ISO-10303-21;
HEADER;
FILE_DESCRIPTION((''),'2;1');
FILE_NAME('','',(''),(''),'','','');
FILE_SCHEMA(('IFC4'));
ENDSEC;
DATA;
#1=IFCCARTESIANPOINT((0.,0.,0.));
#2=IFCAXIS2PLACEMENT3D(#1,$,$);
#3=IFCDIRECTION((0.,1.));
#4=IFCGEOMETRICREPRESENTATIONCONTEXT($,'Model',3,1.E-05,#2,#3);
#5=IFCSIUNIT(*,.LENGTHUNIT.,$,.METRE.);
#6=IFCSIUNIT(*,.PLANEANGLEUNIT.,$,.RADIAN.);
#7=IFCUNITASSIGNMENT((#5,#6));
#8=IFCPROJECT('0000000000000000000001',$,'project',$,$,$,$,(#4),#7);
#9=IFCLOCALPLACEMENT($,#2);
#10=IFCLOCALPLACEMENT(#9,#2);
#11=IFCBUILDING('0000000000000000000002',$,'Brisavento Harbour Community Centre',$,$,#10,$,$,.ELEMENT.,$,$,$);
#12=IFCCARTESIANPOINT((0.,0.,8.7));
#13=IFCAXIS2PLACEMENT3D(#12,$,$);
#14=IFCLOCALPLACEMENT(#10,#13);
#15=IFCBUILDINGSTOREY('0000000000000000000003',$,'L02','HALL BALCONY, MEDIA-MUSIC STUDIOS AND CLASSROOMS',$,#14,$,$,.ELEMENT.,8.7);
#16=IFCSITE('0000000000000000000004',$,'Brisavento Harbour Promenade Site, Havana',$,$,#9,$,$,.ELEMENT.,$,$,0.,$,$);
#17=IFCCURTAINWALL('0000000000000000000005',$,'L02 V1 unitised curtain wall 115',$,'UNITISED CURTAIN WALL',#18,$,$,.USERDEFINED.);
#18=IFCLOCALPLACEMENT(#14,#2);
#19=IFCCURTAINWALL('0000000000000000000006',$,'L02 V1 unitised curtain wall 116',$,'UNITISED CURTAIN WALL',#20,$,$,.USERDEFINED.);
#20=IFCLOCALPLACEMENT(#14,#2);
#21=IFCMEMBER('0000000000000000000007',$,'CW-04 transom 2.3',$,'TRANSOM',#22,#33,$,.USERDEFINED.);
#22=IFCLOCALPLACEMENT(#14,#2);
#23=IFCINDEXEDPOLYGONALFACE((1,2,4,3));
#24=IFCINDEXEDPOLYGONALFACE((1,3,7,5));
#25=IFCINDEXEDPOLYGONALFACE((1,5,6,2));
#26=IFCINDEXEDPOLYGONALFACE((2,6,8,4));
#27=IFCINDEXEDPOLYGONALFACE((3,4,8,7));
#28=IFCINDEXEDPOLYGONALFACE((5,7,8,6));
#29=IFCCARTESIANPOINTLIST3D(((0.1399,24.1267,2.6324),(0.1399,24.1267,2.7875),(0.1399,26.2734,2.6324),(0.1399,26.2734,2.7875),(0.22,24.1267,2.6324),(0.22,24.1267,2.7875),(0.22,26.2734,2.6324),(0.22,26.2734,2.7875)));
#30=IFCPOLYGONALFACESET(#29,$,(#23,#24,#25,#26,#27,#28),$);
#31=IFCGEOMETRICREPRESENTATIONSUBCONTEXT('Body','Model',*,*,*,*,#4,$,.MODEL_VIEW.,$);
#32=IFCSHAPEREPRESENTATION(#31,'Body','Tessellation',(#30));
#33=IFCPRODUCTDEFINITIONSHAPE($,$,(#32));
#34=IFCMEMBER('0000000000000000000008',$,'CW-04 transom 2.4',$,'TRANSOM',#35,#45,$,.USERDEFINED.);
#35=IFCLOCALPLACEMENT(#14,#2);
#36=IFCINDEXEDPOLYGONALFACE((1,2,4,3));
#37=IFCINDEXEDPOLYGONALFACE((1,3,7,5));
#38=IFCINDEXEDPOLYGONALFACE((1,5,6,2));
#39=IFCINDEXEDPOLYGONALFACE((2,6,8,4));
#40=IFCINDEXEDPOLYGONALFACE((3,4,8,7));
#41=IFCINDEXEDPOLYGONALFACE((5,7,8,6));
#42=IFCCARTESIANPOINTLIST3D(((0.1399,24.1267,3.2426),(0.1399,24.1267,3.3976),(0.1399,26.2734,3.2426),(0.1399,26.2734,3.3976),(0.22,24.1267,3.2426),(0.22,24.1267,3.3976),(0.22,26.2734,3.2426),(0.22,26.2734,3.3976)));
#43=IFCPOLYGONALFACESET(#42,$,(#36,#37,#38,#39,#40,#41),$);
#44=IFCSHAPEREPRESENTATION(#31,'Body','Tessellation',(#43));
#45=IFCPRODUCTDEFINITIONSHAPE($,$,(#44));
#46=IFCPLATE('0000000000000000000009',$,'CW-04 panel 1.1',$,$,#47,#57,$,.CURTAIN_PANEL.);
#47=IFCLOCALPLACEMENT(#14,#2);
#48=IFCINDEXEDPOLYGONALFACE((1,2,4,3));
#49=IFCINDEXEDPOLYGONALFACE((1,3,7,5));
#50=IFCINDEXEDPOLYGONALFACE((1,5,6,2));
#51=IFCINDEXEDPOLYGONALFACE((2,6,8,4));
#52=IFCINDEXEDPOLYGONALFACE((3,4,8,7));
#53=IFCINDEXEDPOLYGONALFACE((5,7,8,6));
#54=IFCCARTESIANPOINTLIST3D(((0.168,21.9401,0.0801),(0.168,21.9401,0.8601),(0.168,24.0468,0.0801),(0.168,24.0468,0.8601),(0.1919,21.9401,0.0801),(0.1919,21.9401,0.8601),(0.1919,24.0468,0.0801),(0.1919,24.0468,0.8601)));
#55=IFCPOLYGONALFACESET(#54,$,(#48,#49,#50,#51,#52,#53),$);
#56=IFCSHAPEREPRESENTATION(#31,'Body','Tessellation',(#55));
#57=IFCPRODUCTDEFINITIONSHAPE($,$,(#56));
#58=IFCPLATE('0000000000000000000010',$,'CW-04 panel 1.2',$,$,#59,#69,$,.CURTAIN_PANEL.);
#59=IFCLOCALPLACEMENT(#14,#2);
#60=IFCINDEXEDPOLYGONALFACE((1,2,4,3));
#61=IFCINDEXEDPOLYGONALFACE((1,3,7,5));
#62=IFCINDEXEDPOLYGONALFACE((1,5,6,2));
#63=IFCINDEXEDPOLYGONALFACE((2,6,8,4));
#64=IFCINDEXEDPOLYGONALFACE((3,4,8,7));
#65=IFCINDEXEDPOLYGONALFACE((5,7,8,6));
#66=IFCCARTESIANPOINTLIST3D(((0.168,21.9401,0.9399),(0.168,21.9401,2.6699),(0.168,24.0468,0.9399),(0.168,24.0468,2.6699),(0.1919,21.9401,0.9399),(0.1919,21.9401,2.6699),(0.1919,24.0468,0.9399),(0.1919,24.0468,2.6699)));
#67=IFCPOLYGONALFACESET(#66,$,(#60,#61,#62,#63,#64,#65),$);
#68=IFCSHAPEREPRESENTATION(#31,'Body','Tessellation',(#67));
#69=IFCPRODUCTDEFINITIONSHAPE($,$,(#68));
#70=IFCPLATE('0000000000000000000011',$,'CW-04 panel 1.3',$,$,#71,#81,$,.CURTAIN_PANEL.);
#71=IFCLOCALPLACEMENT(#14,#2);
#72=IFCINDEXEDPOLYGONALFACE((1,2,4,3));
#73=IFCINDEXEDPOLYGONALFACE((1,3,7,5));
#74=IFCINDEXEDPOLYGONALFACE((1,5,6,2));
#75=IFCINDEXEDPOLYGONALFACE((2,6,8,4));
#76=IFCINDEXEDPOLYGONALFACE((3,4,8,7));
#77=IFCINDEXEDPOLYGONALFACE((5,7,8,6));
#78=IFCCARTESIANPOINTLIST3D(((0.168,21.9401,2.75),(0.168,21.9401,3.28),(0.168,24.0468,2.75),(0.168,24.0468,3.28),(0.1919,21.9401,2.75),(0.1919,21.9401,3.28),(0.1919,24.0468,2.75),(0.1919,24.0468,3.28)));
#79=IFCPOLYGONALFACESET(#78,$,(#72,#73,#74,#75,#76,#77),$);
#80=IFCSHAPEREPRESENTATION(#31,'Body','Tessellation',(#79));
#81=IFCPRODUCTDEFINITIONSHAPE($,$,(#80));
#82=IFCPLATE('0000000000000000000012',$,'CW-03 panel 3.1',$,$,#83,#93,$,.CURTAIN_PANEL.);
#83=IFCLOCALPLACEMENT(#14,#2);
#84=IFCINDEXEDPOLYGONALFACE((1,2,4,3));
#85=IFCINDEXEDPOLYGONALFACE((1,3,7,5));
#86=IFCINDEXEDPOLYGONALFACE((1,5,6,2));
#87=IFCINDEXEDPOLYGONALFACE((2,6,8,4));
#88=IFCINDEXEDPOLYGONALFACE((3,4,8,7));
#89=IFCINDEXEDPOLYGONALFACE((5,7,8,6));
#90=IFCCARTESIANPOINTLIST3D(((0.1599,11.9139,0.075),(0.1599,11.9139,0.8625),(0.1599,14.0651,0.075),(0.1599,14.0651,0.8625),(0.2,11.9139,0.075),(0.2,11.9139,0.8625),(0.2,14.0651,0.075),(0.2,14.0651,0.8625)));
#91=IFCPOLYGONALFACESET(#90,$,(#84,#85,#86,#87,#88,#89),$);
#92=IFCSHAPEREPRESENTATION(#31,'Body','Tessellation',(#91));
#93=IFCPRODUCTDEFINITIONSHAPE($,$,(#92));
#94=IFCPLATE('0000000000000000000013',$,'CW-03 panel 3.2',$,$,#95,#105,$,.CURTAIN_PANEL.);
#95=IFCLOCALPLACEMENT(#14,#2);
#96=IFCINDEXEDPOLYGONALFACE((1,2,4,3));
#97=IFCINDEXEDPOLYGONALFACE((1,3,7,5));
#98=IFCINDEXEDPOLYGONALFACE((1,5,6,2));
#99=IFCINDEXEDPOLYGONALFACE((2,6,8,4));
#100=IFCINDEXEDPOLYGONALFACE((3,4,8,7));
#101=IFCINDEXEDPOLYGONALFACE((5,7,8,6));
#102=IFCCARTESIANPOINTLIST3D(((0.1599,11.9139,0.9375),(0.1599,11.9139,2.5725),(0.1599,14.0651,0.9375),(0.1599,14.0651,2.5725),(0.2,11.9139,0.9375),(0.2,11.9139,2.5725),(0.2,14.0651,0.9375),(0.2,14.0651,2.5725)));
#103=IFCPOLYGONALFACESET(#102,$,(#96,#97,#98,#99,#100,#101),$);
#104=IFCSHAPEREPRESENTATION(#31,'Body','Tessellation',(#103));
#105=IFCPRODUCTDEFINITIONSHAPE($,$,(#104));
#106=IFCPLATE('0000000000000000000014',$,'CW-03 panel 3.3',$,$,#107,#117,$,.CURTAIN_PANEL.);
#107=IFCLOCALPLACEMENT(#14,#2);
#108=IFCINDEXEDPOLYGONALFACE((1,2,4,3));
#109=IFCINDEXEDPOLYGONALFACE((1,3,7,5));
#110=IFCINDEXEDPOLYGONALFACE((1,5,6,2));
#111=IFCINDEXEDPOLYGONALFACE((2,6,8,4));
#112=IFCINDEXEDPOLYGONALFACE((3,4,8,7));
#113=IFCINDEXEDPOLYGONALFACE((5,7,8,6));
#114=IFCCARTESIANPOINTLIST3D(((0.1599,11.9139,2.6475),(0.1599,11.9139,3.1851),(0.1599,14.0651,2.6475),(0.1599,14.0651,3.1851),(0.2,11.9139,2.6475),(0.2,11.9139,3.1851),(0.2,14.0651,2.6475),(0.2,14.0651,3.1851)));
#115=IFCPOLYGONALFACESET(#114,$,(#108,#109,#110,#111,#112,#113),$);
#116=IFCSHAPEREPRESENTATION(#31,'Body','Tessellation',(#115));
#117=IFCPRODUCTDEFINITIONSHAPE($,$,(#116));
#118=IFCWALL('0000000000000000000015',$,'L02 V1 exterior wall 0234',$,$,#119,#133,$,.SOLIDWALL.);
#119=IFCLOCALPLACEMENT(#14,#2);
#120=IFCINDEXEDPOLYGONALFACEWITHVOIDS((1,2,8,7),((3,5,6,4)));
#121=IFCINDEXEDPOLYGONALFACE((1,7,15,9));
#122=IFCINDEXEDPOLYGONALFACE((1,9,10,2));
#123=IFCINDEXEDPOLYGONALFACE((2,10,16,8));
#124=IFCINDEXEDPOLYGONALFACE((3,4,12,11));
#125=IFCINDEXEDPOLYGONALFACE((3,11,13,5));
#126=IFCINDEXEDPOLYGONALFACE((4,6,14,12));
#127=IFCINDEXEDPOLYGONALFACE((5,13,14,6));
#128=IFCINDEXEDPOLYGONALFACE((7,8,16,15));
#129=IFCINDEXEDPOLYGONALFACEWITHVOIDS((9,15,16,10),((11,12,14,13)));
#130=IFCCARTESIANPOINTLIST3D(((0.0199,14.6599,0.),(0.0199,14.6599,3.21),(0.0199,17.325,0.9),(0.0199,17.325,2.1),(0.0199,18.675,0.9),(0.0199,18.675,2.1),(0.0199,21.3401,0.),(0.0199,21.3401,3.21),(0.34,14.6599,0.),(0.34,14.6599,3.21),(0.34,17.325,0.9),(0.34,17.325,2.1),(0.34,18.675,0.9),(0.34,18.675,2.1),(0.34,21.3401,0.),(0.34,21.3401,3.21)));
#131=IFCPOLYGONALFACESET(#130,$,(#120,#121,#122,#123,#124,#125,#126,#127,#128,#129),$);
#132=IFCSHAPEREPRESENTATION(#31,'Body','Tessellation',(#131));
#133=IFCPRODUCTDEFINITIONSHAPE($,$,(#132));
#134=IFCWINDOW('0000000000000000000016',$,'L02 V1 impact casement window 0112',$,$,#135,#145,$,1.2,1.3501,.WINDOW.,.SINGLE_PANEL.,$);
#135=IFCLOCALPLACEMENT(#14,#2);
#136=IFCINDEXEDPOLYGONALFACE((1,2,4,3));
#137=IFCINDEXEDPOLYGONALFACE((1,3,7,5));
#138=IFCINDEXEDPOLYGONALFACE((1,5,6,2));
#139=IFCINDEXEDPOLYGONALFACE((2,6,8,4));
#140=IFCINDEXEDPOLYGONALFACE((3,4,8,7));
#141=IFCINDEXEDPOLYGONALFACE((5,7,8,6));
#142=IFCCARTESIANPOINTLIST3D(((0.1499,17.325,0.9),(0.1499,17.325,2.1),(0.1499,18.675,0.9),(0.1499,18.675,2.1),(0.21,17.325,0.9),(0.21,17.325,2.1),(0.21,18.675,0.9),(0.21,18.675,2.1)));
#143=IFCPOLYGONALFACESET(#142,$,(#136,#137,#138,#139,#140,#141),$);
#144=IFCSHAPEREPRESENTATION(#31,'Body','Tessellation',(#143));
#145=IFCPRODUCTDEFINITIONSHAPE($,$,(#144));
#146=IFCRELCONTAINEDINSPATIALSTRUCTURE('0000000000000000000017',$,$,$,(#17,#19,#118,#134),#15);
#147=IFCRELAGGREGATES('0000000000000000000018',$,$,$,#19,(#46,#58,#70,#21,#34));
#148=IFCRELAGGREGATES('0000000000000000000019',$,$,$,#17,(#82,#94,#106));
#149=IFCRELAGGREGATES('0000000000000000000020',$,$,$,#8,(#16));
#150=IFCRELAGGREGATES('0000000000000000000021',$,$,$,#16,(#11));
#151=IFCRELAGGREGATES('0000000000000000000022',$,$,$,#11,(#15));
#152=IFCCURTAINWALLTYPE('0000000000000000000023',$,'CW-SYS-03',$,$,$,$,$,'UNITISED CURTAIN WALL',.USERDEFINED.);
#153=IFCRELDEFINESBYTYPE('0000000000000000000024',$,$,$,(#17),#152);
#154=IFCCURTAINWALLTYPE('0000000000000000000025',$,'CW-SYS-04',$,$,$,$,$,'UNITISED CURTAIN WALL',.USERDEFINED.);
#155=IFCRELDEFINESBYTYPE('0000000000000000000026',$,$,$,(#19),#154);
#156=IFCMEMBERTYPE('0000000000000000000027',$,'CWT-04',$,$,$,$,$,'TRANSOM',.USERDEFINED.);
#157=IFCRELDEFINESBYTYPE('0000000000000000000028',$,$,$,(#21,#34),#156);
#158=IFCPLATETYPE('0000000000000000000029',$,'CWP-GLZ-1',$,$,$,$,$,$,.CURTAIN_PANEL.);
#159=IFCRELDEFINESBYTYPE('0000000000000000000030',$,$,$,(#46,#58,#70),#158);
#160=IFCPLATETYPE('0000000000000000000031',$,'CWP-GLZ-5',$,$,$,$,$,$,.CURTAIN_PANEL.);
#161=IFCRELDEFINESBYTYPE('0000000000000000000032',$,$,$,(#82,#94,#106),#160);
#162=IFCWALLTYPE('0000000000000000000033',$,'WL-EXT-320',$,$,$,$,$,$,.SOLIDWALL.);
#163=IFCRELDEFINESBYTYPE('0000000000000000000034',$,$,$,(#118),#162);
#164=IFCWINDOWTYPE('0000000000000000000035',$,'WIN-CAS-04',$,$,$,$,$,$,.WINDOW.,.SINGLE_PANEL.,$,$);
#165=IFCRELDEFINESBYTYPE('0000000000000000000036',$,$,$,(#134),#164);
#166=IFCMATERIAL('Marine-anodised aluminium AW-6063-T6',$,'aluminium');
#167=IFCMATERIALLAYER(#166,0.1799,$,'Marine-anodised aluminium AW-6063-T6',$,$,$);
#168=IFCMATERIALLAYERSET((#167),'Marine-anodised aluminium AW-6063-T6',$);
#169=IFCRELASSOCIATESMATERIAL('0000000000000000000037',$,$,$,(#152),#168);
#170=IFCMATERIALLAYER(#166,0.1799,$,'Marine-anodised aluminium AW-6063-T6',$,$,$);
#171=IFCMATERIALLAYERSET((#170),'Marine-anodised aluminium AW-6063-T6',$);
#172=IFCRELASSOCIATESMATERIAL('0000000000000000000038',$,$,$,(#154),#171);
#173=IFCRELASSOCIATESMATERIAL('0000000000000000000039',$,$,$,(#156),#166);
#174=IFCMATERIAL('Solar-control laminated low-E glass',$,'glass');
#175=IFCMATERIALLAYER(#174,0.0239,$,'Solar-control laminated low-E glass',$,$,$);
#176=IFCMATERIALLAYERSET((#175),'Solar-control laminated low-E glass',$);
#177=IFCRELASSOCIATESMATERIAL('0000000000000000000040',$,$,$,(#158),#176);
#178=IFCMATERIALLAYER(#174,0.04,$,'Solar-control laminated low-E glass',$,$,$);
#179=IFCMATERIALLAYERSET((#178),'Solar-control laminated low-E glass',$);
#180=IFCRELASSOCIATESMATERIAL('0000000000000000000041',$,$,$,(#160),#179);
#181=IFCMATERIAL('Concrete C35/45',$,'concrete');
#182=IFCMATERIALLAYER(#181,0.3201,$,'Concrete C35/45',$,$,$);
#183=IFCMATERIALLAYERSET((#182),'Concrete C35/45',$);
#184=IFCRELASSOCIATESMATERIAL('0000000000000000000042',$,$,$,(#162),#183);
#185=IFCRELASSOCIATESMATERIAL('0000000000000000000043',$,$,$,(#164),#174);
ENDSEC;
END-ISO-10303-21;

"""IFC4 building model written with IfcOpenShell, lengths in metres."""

from ifc_helpers import new_model, si_unit, direction, frame, frame_2d, origin, origin_2d, place, context, subcontext, project, spatial, rectangle, extrude, material, layer, layer_set, material_profile, profile_set, type_object, element, fill, aggregate, save


model = new_model("IFC4")

# Units and contexts
model_context = context("Model", 3, precision=1e-05, world=origin(), true_north=direction((0.0, 1.0)))
body_context = subcontext(model_context, "Body", "Model", "MODEL_VIEW")
ifc_project = project(units=[si_unit("LENGTHUNIT", "METRE"), si_unit("PLANEANGLEUNIT", "RADIAN")], contexts=[model_context])

# Site, building, storey
site_placement = place(None, origin())
site = spatial("IfcSite", under=ifc_project, at=site_placement, Name="Brisavento Harbour Promenade Site, Havana", CompositionType="ELEMENT", RefElevation=0.0)
building_placement = place(site_placement, origin())
building = spatial("IfcBuilding", under=site, at=building_placement, Name="Brisavento Harbour Community Centre", CompositionType="ELEMENT")
storey_placement = place(building_placement, frame((0.0, 0.0, 8.7)))
storey = spatial("IfcBuildingStorey", under=building, at=storey_placement, Name="L02", Description="HALL BALCONY, MEDIA-MUSIC STUDIOS AND CLASSROOMS", CompositionType="ELEMENT", Elevation=8.7)

# Shared definitions
ifc_material_1 = material(Name="Concrete C35/45", Category="concrete")

# Curtain wall
ifc_material_2 = material(Name="Marine-anodised aluminium AW-6063-T6", Category="aluminium")
ifc_layer_1 = layer(ifc_material_2, 0.1799, Name="Marine-anodised aluminium AW-6063-T6")
ifc_layer_set_1 = layer_set([ifc_layer_1], Name="Marine-anodised aluminium AW-6063-T6")
curtain_wall_type_1 = type_object("IfcCurtainWallType", Name="CW-SYS-03", ElementType="UNITISED CURTAIN WALL", PredefinedType="USERDEFINED", material=ifc_layer_set_1)
curtain_wall_1_placement = place(storey_placement, origin())
curtain_wall_1 = element("IfcCurtainWall", 1, at=curtain_wall_1_placement, inside=storey, type_object=curtain_wall_type_1, Name="L02 V1 unitised curtain wall 115", ObjectType="UNITISED CURTAIN WALL", PredefinedType="USERDEFINED")

# Curtain wall
ifc_layer_2 = layer(ifc_material_2, 0.1799, Name="Marine-anodised aluminium AW-6063-T6")
ifc_layer_set_2 = layer_set([ifc_layer_2], Name="Marine-anodised aluminium AW-6063-T6")
curtain_wall_type_2 = type_object("IfcCurtainWallType", Name="CW-SYS-04", ElementType="UNITISED CURTAIN WALL", PredefinedType="USERDEFINED", material=ifc_layer_set_2)
curtain_wall_2_placement = place(storey_placement, origin())
curtain_wall_2 = element("IfcCurtainWall", 2, at=curtain_wall_2_placement, inside=storey, type_object=curtain_wall_type_2, Name="L02 V1 unitised curtain wall 116", ObjectType="UNITISED CURTAIN WALL", PredefinedType="USERDEFINED")

# Members
ifc_material_profile_1 = material_profile(ifc_material_2, rectangle(XDim=0.0801, YDim=0.155, at=origin_2d()), Name="Marine-anodised aluminium AW-6063-T6")
ifc_profile_set_1 = profile_set([ifc_material_profile_1], Name="Marine-anodised aluminium AW-6063-T6")
member_type_1 = type_object("IfcMemberType", Name="CWT-04", ElementType="TRANSOM", PredefinedType="USERDEFINED", material=ifc_profile_set_1)
member_1_placement = place(storey_placement, frame((0.1799, 24.1267, 2.71), z_axis=(0.0, 1.0, 0.0), x_axis=(-1.0, 0.0, 0.0)))
member_1 = element("IfcMember", 3, at=member_1_placement, type_object=member_type_1, Name="CW-04 transom 2.3", ObjectType="TRANSOM", PredefinedType="USERDEFINED", context=body_context, shape_type="SweptSolid", body=[
    extrude(rectangle(XDim=0.0801, YDim=0.155, at=origin_2d()), origin(), (0.0, 0.0, 1.0), 2.1467),
])
member_2_placement = place(storey_placement, frame((0.1799, 24.1267, 3.3201), z_axis=(0.0, 1.0, 0.0), x_axis=(-1.0, 0.0, 0.0)))
member_2 = element("IfcMember", 4, at=member_2_placement, type_object=member_type_1, Name="CW-04 transom 2.4", ObjectType="TRANSOM", PredefinedType="USERDEFINED", context=body_context, shape_type="SweptSolid", body=[
    extrude(rectangle(XDim=0.0801, YDim=0.155, at=origin_2d()), origin(), (0.0, 0.0, 1.0), 2.1467),
])

# Plates
ifc_material_3 = material(Name="Solar-control laminated low-E glass", Category="glass")
ifc_layer_3 = layer(ifc_material_3, 0.0239, Name="Solar-control laminated low-E glass")
ifc_layer_set_3 = layer_set([ifc_layer_3], Name="Solar-control laminated low-E glass")
plate_type_1 = type_object("IfcPlateType", Name="CWP-GLZ-1", PredefinedType="CURTAIN_PANEL", material=ifc_layer_set_3)
plate_1_placement = place(storey_placement, frame((0.1799, 22.9934, 0.0801), z_axis=(0.0, 0.0, 1.0), x_axis=(0.0, 1.0, 0.0)))
plate_1 = element("IfcPlate", 5, at=plate_1_placement, type_object=plate_type_1, Name="CW-04 panel 1.1", PredefinedType="CURTAIN_PANEL", context=body_context, shape_type="SweptSolid", body=[
    extrude(rectangle(XDim=2.1067, YDim=0.0239, at=origin_2d()), origin(), (0.0, 0.0, 1.0), 0.78),
])
plate_2_placement = place(storey_placement, frame((0.1799, 22.9934, 0.9399), z_axis=(0.0, 0.0, 1.0), x_axis=(0.0, 1.0, 0.0)))
plate_2 = element("IfcPlate", 6, at=plate_2_placement, type_object=plate_type_1, Name="CW-04 panel 1.2", PredefinedType="CURTAIN_PANEL", context=body_context, shape_type="SweptSolid", body=[
    extrude(rectangle(XDim=2.1067, YDim=0.0239, at=origin_2d()), origin(), (0.0, 0.0, 1.0), 1.73),
])
plate_3_placement = place(storey_placement, frame((0.1799, 22.9934, 2.75), z_axis=(0.0, 0.0, 1.0), x_axis=(0.0, 1.0, 0.0)))
plate_3 = element("IfcPlate", 7, at=plate_3_placement, type_object=plate_type_1, Name="CW-04 panel 1.3", PredefinedType="CURTAIN_PANEL", context=body_context, shape_type="SweptSolid", body=[
    extrude(rectangle(XDim=2.1067, YDim=0.0239, at=origin_2d()), origin(), (0.0, 0.0, 1.0), 0.53),
])
aggregate(curtain_wall_2, [plate_1, plate_2, plate_3, member_1, member_2])
ifc_layer_4 = layer(ifc_material_3, 0.04, Name="Solar-control laminated low-E glass")
ifc_layer_set_4 = layer_set([ifc_layer_4], Name="Solar-control laminated low-E glass")
plate_type_2 = type_object("IfcPlateType", Name="CWP-GLZ-5", PredefinedType="CURTAIN_PANEL", material=ifc_layer_set_4)
plate_4_placement = place(storey_placement, frame((0.1799, 12.9895, 0.075), z_axis=(0.0, 0.0, 1.0), x_axis=(0.0, 1.0, 0.0)))
plate_4 = element("IfcPlate", 8, at=plate_4_placement, type_object=plate_type_2, Name="CW-03 panel 3.1", PredefinedType="CURTAIN_PANEL", context=body_context, shape_type="SweptSolid", body=[
    extrude(rectangle(XDim=2.1511, YDim=0.04, at=origin_2d()), origin(), (0.0, 0.0, 1.0), 0.7876),
])
plate_5_placement = place(storey_placement, frame((0.1799, 12.9895, 0.9375), z_axis=(0.0, 0.0, 1.0), x_axis=(0.0, 1.0, 0.0)))
plate_5 = element("IfcPlate", 9, at=plate_5_placement, type_object=plate_type_2, Name="CW-03 panel 3.2", PredefinedType="CURTAIN_PANEL", context=body_context, shape_type="SweptSolid", body=[
    extrude(rectangle(XDim=2.1511, YDim=0.04, at=origin_2d()), origin(), (0.0, 0.0, 1.0), 1.635),
])
plate_6_placement = place(storey_placement, frame((0.1799, 12.9895, 2.6475), z_axis=(0.0, 0.0, 1.0), x_axis=(0.0, 1.0, 0.0)))
plate_6 = element("IfcPlate", 10, at=plate_6_placement, type_object=plate_type_2, Name="CW-03 panel 3.3", PredefinedType="CURTAIN_PANEL", context=body_context, shape_type="SweptSolid", body=[
    extrude(rectangle(XDim=2.1511, YDim=0.04, at=origin_2d()), origin(), (0.0, 0.0, 1.0), 0.5376),
])
aggregate(curtain_wall_1, [plate_4, plate_5, plate_6])

# Wall, opening, window
ifc_layer_5 = layer(ifc_material_1, 0.3201, Name="Concrete C35/45")
ifc_layer_set_5 = layer_set([ifc_layer_5], Name="Concrete C35/45")
wall_type = type_object("IfcWallType", Name="WL-EXT-320", PredefinedType="SOLIDWALL", material=ifc_layer_set_5)
wall_placement = place(storey_placement, frame((0.1799, 14.6599, 0.0), z_axis=(0.0, 0.0, 1.0), x_axis=(0.0, 1.0, 0.0)))
wall = element("IfcWall", 11, at=wall_placement, inside=storey, type_object=wall_type, Name="L02 V1 exterior wall 0234", PredefinedType="SOLIDWALL", context=body_context, shape_type="SweptSolid", body=[
    extrude(rectangle(XDim=6.6802, YDim=0.3201, at=frame_2d((3.3401, 0.0))), origin(), (0.0, 0.0, 1.0), 3.21),
])
opening_placement = place(wall_placement, frame((2.665, 0.0, 0.8999)))
opening = element("IfcOpeningElement", 12, at=opening_placement, cuts=wall, PredefinedType="OPENING", context=body_context, shape_type="SweptSolid", body=[
    extrude(rectangle(XDim=1.3501, YDim=1.2, at=frame_2d((0.675, 0.6001))), frame((0.0, 0.1699, 0.0), z_axis=(0.0, -1.0, 0.0), x_axis=(1.0, 0.0, 0.0)), (0.0, 0.0, 1.0), 0.3401),
])
window_type = type_object("IfcWindowType", Name="WIN-CAS-04", PartitioningType="SINGLE_PANEL", PredefinedType="WINDOW", material=ifc_material_3)
window_placement = place(opening_placement, origin())
window = element("IfcWindow", 13, at=window_placement, inside=storey, type_object=window_type, Name="L02 V1 impact casement window 0112", OverallHeight=1.2, OverallWidth=1.3501, PartitioningType="SINGLE_PANEL", PredefinedType="WINDOW", context=body_context, shape_type="SweptSolid", body=[
    extrude(rectangle(XDim=1.3501, YDim=1.2, at=frame_2d((0.675, 0.6001))), frame((0.0, 0.03, 0.0), z_axis=(0.0, -1.0, 0.0), x_axis=(1.0, 0.0, 0.0)), (0.0, 0.0, 1.0), 0.0601),
])
fill(opening, window)

save(model, "model.ifc")
